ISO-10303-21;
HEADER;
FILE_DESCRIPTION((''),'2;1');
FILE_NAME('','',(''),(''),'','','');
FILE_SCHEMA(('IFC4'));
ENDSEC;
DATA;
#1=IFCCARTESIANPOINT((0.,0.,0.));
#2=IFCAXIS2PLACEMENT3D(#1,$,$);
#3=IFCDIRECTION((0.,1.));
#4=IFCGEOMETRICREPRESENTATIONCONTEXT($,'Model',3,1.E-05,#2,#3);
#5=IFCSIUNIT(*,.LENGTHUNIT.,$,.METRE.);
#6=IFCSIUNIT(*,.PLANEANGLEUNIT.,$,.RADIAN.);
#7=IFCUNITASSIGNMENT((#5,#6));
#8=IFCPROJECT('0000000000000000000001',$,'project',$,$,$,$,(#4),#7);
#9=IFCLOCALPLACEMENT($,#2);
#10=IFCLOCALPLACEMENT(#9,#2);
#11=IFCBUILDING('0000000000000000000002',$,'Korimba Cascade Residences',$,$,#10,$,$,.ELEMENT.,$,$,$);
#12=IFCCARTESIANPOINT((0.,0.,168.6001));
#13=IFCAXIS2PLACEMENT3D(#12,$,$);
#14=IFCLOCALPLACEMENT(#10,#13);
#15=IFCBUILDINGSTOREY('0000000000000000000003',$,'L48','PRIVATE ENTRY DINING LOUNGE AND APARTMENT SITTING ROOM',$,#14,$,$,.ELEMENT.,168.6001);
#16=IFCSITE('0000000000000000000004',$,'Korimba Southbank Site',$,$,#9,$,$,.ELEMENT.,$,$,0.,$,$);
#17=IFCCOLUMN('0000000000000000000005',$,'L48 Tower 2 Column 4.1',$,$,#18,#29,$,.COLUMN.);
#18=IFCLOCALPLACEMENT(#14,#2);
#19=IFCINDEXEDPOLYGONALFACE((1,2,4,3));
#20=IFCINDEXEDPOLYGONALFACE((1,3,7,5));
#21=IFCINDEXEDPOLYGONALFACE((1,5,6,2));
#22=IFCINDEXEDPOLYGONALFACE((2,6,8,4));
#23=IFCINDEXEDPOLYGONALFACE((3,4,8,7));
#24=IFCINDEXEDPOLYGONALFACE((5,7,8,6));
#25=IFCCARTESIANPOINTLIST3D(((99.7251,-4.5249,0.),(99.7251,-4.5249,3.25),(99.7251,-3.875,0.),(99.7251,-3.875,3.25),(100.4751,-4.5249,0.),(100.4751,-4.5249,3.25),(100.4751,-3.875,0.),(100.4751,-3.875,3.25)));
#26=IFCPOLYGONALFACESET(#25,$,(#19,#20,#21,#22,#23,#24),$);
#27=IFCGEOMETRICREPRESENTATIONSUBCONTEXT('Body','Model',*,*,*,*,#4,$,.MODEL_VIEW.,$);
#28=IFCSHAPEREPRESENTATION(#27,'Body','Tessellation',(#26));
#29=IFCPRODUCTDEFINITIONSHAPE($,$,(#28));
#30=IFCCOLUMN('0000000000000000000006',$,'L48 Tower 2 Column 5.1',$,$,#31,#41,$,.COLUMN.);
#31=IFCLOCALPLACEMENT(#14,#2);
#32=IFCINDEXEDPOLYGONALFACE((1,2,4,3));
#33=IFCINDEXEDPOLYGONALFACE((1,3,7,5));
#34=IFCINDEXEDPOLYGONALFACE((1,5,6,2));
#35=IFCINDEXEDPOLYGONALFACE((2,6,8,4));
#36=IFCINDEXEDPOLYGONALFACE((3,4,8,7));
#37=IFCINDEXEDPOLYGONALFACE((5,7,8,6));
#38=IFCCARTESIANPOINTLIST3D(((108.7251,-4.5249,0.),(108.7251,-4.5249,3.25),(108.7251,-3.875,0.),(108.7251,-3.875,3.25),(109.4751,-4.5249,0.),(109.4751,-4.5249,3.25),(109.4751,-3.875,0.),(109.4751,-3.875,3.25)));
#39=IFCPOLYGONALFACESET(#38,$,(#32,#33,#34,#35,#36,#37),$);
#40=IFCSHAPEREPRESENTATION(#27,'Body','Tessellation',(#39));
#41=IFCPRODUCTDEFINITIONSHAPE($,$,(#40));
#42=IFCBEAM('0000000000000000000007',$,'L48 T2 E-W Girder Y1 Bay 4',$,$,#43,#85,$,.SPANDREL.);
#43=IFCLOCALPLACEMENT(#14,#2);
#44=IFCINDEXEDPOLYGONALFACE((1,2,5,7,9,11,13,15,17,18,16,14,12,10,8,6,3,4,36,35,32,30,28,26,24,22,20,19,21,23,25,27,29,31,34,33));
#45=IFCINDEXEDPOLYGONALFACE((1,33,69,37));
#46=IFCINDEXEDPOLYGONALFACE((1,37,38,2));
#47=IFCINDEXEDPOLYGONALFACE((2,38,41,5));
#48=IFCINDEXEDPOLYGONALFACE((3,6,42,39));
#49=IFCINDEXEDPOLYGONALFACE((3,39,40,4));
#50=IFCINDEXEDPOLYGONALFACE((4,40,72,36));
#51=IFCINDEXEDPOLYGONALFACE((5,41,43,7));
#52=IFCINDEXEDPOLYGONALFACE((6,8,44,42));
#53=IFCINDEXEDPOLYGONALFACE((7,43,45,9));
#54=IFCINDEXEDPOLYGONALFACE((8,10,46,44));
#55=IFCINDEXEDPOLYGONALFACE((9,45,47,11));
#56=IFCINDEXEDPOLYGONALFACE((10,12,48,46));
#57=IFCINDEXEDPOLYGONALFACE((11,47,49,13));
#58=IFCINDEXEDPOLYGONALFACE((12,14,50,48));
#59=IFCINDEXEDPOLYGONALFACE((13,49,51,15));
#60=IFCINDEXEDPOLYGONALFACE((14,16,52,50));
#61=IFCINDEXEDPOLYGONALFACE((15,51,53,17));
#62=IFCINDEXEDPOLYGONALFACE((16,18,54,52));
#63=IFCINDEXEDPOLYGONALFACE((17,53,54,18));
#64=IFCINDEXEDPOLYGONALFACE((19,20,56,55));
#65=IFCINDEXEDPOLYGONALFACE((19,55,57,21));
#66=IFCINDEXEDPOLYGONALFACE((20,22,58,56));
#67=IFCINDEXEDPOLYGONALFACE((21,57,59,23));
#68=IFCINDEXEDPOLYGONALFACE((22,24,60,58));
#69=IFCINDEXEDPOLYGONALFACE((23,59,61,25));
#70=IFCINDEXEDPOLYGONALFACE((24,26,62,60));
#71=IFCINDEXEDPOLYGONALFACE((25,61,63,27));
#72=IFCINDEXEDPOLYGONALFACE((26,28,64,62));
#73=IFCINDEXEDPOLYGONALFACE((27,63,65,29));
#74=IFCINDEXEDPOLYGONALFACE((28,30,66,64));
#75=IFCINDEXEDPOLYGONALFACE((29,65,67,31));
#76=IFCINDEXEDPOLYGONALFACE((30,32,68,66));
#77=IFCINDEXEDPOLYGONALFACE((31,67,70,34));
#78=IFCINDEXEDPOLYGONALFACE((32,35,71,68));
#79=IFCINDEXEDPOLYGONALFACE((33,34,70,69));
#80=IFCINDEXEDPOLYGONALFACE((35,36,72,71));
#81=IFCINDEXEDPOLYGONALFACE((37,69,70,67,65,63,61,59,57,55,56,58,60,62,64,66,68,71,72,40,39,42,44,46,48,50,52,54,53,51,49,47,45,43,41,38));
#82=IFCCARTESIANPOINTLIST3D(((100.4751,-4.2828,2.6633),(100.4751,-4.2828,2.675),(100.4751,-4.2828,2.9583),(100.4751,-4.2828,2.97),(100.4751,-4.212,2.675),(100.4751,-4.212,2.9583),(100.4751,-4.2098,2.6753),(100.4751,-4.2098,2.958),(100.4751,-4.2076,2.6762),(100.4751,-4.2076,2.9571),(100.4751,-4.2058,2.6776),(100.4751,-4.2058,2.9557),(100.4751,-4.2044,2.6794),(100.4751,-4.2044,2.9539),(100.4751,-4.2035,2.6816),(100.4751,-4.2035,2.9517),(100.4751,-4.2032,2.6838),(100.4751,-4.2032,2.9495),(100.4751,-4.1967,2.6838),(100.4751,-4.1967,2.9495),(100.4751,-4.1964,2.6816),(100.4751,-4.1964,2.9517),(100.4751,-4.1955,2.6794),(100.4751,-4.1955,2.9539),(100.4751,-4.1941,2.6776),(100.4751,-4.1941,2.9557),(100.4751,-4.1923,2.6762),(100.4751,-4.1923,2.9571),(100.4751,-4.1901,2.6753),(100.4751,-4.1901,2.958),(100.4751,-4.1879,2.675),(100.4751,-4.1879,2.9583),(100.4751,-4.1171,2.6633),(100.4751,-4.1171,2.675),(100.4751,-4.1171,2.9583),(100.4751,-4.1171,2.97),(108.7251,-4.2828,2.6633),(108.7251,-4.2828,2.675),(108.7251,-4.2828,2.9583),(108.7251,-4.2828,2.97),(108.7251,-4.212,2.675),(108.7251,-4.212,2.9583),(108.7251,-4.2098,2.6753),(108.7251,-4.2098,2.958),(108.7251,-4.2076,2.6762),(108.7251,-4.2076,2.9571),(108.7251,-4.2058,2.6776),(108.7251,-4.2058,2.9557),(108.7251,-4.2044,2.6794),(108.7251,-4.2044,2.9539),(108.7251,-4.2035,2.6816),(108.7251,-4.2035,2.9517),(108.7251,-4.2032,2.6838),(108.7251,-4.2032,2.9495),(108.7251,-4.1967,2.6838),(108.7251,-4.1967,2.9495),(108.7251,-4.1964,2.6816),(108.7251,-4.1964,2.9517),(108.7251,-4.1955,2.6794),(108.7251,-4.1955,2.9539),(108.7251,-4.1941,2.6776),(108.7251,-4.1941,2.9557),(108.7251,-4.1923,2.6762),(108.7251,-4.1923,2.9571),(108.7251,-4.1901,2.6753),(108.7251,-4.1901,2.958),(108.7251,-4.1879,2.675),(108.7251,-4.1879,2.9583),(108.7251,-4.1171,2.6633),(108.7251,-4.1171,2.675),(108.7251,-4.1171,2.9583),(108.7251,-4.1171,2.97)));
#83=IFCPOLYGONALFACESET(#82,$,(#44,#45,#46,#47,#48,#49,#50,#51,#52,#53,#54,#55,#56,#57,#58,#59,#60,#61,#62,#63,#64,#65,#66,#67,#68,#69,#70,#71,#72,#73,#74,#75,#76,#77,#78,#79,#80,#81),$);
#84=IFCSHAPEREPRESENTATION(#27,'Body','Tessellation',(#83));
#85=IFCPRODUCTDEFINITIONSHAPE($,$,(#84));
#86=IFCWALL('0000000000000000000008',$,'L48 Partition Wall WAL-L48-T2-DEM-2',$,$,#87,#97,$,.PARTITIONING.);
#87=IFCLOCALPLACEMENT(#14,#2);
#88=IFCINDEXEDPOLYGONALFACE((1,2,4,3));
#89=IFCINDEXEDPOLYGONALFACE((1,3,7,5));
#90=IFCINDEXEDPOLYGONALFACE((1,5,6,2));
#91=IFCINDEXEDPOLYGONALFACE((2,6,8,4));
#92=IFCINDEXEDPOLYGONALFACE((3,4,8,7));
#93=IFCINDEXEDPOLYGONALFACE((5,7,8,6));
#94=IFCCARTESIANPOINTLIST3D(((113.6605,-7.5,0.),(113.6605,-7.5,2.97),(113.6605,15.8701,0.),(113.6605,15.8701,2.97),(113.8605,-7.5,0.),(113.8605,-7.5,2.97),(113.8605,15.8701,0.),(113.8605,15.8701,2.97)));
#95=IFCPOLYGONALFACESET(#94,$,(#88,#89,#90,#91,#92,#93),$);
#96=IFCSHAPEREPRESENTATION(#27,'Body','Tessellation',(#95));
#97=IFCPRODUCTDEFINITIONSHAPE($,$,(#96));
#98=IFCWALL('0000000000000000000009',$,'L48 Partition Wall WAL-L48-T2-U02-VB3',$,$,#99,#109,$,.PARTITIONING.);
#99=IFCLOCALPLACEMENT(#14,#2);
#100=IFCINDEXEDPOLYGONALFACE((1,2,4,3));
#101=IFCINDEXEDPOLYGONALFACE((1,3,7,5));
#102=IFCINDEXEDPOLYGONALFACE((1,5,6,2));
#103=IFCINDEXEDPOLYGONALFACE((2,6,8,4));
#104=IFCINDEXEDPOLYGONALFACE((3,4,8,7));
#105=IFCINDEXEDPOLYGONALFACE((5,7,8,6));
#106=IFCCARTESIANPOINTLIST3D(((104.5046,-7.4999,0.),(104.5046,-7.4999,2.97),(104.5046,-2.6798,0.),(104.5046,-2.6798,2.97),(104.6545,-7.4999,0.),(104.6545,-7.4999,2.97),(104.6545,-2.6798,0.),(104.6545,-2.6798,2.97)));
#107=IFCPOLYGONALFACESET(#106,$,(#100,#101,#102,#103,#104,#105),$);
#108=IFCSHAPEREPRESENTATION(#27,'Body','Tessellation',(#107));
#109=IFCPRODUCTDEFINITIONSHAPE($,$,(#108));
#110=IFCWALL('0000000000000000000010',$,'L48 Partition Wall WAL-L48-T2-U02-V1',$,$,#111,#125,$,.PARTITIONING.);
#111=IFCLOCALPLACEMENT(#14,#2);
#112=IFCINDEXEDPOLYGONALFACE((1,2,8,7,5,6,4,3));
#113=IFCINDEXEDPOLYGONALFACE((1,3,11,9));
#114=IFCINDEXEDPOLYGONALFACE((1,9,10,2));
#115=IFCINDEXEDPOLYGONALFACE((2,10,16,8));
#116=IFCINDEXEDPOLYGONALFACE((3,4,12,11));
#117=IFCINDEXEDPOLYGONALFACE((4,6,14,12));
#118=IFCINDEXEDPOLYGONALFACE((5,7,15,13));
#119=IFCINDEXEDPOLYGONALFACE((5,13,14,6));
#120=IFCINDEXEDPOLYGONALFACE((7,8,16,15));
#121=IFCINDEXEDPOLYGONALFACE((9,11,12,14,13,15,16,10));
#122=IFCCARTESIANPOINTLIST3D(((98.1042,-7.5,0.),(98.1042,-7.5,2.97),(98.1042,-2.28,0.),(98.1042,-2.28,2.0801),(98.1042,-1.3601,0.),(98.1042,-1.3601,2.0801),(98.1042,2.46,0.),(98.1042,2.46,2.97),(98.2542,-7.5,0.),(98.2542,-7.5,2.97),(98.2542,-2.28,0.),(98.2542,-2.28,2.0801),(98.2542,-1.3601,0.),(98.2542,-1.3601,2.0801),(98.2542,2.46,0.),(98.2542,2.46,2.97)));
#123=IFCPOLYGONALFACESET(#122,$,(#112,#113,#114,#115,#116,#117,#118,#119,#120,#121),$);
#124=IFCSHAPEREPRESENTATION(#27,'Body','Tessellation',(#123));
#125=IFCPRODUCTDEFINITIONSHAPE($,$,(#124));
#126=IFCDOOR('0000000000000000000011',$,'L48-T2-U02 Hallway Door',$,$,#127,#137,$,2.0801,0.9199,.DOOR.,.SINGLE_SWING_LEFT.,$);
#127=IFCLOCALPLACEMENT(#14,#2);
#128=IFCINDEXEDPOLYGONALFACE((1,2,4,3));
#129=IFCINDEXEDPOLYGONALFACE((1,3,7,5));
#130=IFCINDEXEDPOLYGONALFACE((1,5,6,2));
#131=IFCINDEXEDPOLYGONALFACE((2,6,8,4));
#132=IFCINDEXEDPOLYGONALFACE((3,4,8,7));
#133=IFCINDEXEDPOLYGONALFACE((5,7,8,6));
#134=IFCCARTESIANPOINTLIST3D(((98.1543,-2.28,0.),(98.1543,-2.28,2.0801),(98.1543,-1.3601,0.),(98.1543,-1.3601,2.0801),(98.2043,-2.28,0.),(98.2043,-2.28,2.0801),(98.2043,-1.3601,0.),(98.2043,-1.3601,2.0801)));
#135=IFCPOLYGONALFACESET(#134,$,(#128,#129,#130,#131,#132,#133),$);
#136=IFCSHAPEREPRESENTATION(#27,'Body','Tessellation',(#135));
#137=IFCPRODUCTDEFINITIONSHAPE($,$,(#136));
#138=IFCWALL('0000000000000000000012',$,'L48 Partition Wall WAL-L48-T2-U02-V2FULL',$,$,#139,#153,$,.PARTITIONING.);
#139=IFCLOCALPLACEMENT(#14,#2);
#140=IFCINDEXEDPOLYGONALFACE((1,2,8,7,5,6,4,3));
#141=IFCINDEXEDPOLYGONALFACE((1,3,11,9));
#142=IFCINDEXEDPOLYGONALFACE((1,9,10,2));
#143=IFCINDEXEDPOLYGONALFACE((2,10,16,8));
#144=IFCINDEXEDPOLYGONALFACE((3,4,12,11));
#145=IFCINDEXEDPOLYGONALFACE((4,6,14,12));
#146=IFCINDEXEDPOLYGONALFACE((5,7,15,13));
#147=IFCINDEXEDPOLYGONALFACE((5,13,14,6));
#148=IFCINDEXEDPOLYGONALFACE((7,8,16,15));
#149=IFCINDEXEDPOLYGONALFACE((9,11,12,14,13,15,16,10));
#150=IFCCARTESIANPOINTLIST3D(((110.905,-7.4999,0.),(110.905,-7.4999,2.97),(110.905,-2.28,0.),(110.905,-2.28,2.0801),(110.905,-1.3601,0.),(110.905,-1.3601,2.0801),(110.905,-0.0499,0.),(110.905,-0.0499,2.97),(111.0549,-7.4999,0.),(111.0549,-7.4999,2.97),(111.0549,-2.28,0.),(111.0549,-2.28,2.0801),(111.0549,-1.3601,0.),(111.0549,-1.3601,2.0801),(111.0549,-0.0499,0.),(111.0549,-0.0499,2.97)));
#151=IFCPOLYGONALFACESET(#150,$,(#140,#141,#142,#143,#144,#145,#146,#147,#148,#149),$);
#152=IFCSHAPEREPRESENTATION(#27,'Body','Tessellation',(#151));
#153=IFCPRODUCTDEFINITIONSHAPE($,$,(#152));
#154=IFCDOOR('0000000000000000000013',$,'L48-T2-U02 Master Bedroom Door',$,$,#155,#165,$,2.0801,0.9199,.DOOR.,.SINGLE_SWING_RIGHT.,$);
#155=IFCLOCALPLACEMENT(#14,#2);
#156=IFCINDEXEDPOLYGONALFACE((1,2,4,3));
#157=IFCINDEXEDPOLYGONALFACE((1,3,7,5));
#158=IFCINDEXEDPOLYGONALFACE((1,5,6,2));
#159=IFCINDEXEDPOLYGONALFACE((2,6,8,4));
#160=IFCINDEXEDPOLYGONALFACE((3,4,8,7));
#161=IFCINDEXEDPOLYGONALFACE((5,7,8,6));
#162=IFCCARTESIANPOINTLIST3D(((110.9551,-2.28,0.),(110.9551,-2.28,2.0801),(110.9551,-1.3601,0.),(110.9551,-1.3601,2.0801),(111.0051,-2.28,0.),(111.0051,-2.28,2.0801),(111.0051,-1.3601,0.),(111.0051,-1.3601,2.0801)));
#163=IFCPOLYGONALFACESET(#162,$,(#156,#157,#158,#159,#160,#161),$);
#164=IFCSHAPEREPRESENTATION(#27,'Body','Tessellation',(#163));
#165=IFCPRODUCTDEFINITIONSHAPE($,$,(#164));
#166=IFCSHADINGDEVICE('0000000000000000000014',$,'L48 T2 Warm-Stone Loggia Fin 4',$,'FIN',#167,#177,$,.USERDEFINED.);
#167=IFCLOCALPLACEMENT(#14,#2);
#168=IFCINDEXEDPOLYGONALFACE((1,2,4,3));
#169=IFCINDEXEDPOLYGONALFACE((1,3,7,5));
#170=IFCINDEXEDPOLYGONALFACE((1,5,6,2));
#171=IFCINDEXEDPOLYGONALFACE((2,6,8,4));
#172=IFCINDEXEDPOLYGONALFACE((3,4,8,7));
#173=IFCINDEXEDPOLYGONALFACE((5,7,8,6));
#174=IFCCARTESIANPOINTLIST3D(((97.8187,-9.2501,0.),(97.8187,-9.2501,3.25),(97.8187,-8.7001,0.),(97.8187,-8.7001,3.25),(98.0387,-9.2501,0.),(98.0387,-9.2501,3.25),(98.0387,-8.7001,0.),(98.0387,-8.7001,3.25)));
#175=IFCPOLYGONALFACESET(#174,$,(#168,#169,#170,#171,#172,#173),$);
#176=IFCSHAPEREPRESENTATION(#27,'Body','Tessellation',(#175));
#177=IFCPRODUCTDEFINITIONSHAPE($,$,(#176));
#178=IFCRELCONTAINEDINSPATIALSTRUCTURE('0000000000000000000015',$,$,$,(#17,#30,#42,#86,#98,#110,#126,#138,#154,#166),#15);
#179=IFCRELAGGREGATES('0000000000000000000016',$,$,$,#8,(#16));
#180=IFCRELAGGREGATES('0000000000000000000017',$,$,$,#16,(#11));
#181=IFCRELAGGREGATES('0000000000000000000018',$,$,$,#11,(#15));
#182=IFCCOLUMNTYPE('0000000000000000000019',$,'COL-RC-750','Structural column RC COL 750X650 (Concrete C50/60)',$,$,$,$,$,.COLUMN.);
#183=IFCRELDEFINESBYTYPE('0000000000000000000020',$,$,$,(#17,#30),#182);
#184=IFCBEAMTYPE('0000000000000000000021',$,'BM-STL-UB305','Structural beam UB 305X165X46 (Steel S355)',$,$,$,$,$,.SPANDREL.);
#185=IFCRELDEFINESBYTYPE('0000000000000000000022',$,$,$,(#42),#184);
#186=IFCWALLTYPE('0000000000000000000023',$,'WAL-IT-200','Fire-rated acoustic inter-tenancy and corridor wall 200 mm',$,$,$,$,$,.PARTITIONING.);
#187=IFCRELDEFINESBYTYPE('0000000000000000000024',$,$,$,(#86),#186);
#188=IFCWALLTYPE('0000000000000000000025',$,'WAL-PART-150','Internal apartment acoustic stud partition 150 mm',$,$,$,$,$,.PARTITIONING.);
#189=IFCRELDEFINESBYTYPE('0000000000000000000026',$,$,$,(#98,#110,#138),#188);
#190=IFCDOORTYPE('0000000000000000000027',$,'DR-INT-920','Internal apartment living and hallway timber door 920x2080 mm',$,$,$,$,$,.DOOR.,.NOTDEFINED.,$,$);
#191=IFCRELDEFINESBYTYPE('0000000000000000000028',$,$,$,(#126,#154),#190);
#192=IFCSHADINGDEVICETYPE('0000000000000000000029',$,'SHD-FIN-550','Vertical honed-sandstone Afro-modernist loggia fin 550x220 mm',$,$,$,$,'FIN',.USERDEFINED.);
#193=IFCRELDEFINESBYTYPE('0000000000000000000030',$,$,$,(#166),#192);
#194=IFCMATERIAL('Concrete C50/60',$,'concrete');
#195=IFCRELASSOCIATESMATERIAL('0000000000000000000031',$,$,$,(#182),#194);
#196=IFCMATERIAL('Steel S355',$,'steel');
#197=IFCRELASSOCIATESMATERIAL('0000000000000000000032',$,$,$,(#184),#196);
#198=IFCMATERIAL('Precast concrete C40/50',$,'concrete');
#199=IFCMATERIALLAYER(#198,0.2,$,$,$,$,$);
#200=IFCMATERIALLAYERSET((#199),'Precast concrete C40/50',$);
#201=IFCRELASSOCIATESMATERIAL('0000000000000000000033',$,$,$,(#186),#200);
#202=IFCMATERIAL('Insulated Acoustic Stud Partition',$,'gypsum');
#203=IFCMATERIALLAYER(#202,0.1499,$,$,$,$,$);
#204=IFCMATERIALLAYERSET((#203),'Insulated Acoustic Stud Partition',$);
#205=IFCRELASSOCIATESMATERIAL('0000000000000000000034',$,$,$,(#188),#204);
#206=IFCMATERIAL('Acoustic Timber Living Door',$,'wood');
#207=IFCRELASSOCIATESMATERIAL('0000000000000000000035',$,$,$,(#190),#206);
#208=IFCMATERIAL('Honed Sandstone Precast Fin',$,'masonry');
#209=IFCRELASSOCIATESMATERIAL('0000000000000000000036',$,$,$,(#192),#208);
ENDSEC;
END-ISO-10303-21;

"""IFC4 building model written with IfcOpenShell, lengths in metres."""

from ifc_helpers import new_model, si_unit, direction, frame, frame_2d, origin, origin_2d, place, context, subcontext, project, spatial, rectangle, i_section, extrude, material, layer, layer_set, material_profile, profile_set, type_object, element, fill, save


model = new_model("IFC4")

# Units and contexts
model_context = context("Model", 3, precision=1e-05, world=origin(), true_north=direction((0.0, 1.0)))
body_context = subcontext(model_context, "Body", "Model", "MODEL_VIEW")
ifc_project = project(units=[si_unit("LENGTHUNIT", "METRE"), si_unit("PLANEANGLEUNIT", "RADIAN")], contexts=[model_context])

# Site, building, storey
site_placement = place(None, origin())
site = spatial("IfcSite", under=ifc_project, at=site_placement, Name="Korimba Southbank Site", CompositionType="ELEMENT", RefElevation=0.0)
building_placement = place(site_placement, origin())
building = spatial("IfcBuilding", under=site, at=building_placement, Name="Korimba Cascade Residences", CompositionType="ELEMENT")
storey_placement = place(building_placement, frame((0.0, 0.0, 168.6001)))
storey = spatial("IfcBuildingStorey", under=building, at=storey_placement, Name="L48", Description="PRIVATE ENTRY DINING LOUNGE AND APARTMENT SITTING ROOM", CompositionType="ELEMENT", Elevation=168.6001)

# Columns
ifc_material_1 = material(Name="Concrete C50/60", Category="concrete")
ifc_material_profile_1 = material_profile(ifc_material_1, rectangle(XDim=0.75, YDim=0.6499, at=origin_2d()), Name="Concrete C50/60")
ifc_profile_set_1 = profile_set([ifc_material_profile_1], Name="Concrete C50/60")
column_type = type_object("IfcColumnType", Name="COL-RC-750", Description="Structural column RC COL 750X650 (Concrete C50/60)", PredefinedType="COLUMN", material=ifc_profile_set_1)
for number, where, z_axis, x_axis, name in (
    (1, (100.1001, -4.2, 0.0), (0.0, 0.0, 1.0), (1.0, 0.0, 0.0), "L48 Tower 2 Column 4.1"),
    (2, (109.1001, -4.2, 0.0), (0.0, 0.0, 1.0), (1.0, 0.0, 0.0), "L48 Tower 2 Column 5.1"),
):
    element("IfcColumn", number, at=place(storey_placement, frame(where, z_axis=z_axis, x_axis=x_axis)), inside=storey, type_object=column_type, Name=name, PredefinedType="COLUMN", context=body_context, shape_type="SweptSolid", body=[
        extrude(rectangle(XDim=0.75, YDim=0.6499, at=origin_2d()), origin(), (0.0, 0.0, 1.0), 3.25),
    ])

# Beam
ifc_material_2 = material(Name="Steel S355", Category="steel")
ifc_material_profile_2 = material_profile(ifc_material_2, i_section(OverallWidth=0.1658, OverallDepth=0.3066, WebThickness=0.0066, FlangeThickness=0.0117, FilletRadius=0.0088, at=origin_2d()), Name="Steel S355")
ifc_profile_set_2 = profile_set([ifc_material_profile_2], Name="Steel S355")
beam_type = type_object("IfcBeamType", Name="BM-STL-UB305", Description="Structural beam UB 305X165X46 (Steel S355)", PredefinedType="SPANDREL", material=ifc_profile_set_2)
beam_placement = place(storey_placement, frame((100.4751, -4.2, 2.8167), z_axis=(1.0, 0.0, 0.0), x_axis=(0.0, 1.0, 0.0)))
element("IfcBeam", 3, at=beam_placement, inside=storey, type_object=beam_type, Name="L48 T2 E-W Girder Y1 Bay 4", PredefinedType="SPANDREL", context=body_context, shape_type="SweptSolid", body=[
    extrude(i_section(OverallWidth=0.1658, OverallDepth=0.3066, WebThickness=0.0066, FlangeThickness=0.0117, FilletRadius=0.0088, at=origin_2d()), origin(), (0.0, 0.0, 1.0), 8.25),
])

# Walls
ifc_material_3 = material(Name="Precast concrete C40/50", Category="concrete")
ifc_layer_1 = layer(ifc_material_3, 0.2)
ifc_layer_set_1 = layer_set([ifc_layer_1], Name="Precast concrete C40/50")
wall_type_1 = type_object("IfcWallType", Name="WAL-IT-200", Description="Fire-rated acoustic inter-tenancy and corridor wall 200 mm", PredefinedType="PARTITIONING", material=ifc_layer_set_1)
wall_1_placement = place(storey_placement, frame((113.7605, -7.5, 0.0), z_axis=(0.0, 0.0, 1.0), x_axis=(0.0, 1.0, 0.0)))
element("IfcWall", 4, at=wall_1_placement, inside=storey, type_object=wall_type_1, Name="L48 Partition Wall WAL-L48-T2-DEM-2", PredefinedType="PARTITIONING", context=body_context, shape_type="SweptSolid", body=[
    extrude(rectangle(XDim=23.3701, YDim=0.2, at=frame_2d((11.6851, 0.0))), origin(), (0.0, 0.0, 1.0), 2.97),
])
ifc_material_4 = material(Name="Insulated Acoustic Stud Partition", Category="gypsum")
ifc_layer_2 = layer(ifc_material_4, 0.1499)
ifc_layer_set_2 = layer_set([ifc_layer_2], Name="Insulated Acoustic Stud Partition")
wall_type_2 = type_object("IfcWallType", Name="WAL-PART-150", Description="Internal apartment acoustic stud partition 150 mm", PredefinedType="PARTITIONING", material=ifc_layer_set_2)
wall_2_placement = place(storey_placement, frame((104.5796, -7.5, 0.0), z_axis=(0.0, 0.0, 1.0), x_axis=(0.0, 1.0, 0.0)))
element("IfcWall", 5, at=wall_2_placement, inside=storey, type_object=wall_type_2, Name="L48 Partition Wall WAL-L48-T2-U02-VB3", PredefinedType="PARTITIONING", context=body_context, shape_type="SweptSolid", body=[
    extrude(rectangle(XDim=4.8201, YDim=0.1499, at=frame_2d((2.4102, 0.0))), origin(), (0.0, 0.0, 1.0), 2.97),
])

# Walls, openings, doors
wall_3_placement = place(storey_placement, frame((98.1792, -7.5, 0.0), z_axis=(0.0, 0.0, 1.0), x_axis=(0.0, 1.0, 0.0)))
wall_3 = element("IfcWall", 6, at=wall_3_placement, inside=storey, type_object=wall_type_2, Name="L48 Partition Wall WAL-L48-T2-U02-V1", PredefinedType="PARTITIONING", context=body_context, shape_type="SweptSolid", body=[
    extrude(rectangle(XDim=9.96, YDim=0.1499, at=frame_2d((4.98, 0.0))), origin(), (0.0, 0.0, 1.0), 2.97),
])
opening_1_placement = place(wall_3_placement, frame((5.22, 0.0, 0.0)))
opening_1 = element("IfcOpeningElement", 7, at=opening_1_placement, cuts=wall_3, PredefinedType="OPENING", context=body_context, shape_type="SweptSolid", body=[
    extrude(rectangle(XDim=0.9199, YDim=2.0801, at=frame_2d((0.46, 1.04))), frame((0.0, 0.085, 0.0), z_axis=(0.0, -1.0, 0.0), x_axis=(1.0, 0.0, 0.0)), (0.0, 0.0, 1.0), 0.1699),
])
ifc_material_5 = material(Name="Acoustic Timber Living Door", Category="wood")
door_type = type_object("IfcDoorType", Name="DR-INT-920", Description="Internal apartment living and hallway timber door 920x2080 mm", OperationType="NOTDEFINED", PredefinedType="DOOR", material=ifc_material_5)
door_1_placement = place(opening_1_placement, origin())
door_1 = element("IfcDoor", 8, at=door_1_placement, inside=storey, type_object=door_type, Name="L48-T2-U02 Hallway Door", OperationType="SINGLE_SWING_LEFT", OverallHeight=2.0801, OverallWidth=0.9199, PredefinedType="DOOR", context=body_context, shape_type="SweptSolid", body=[
    extrude(rectangle(XDim=0.9199, YDim=2.0801, at=frame_2d((0.46, 1.04))), frame((0.0, 0.0249, 0.0), z_axis=(0.0, -1.0, 0.0), x_axis=(1.0, 0.0, 0.0)), (0.0, 0.0, 1.0), 0.05),
])
fill(opening_1, door_1)
wall_4_placement = place(storey_placement, frame((110.98, -7.5, 0.0), z_axis=(0.0, 0.0, 1.0), x_axis=(0.0, 1.0, 0.0)))
wall_4 = element("IfcWall", 9, at=wall_4_placement, inside=storey, type_object=wall_type_2, Name="L48 Partition Wall WAL-L48-T2-U02-V2FULL", PredefinedType="PARTITIONING", context=body_context, shape_type="SweptSolid", body=[
    extrude(rectangle(XDim=7.45, YDim=0.1499, at=frame_2d((3.7251, 0.0))), origin(), (0.0, 0.0, 1.0), 2.97),
])
opening_2_placement = place(wall_4_placement, frame((5.22, 0.0, 0.0)))
opening_2 = element("IfcOpeningElement", 10, at=opening_2_placement, cuts=wall_4, PredefinedType="OPENING", context=body_context, shape_type="SweptSolid", body=[
    extrude(rectangle(XDim=0.9199, YDim=2.0801, at=frame_2d((0.46, 1.04))), frame((0.0, 0.085, 0.0), z_axis=(0.0, -1.0, 0.0), x_axis=(1.0, 0.0, 0.0)), (0.0, 0.0, 1.0), 0.1699),
])
door_2_placement = place(opening_2_placement, origin())
door_2 = element("IfcDoor", 11, at=door_2_placement, inside=storey, type_object=door_type, Name="L48-T2-U02 Master Bedroom Door", OperationType="SINGLE_SWING_RIGHT", OverallHeight=2.0801, OverallWidth=0.9199, PredefinedType="DOOR", context=body_context, shape_type="SweptSolid", body=[
    extrude(rectangle(XDim=0.9199, YDim=2.0801, at=frame_2d((0.46, 1.04))), frame((0.0, 0.0249, 0.0), z_axis=(0.0, -1.0, 0.0), x_axis=(1.0, 0.0, 0.0)), (0.0, 0.0, 1.0), 0.05),
])
fill(opening_2, door_2)

# Shading device
ifc_material_6 = material(Name="Honed Sandstone Precast Fin", Category="masonry")
shading_device_type = type_object("IfcShadingDeviceType", Name="SHD-FIN-550", Description="Vertical honed-sandstone Afro-modernist loggia fin 550x220 mm", ElementType="FIN", PredefinedType="USERDEFINED", material=ifc_material_6)
for number, where, z_axis, x_axis, name in (
    (12, (97.9287, -8.9751, 0.0), (0.0, 0.0, 1.0), (1.0, 0.0, 0.0), "L48 T2 Warm-Stone Loggia Fin 4"),
):
    element("IfcShadingDevice", number, at=place(storey_placement, frame(where, z_axis=z_axis, x_axis=x_axis)), inside=storey, type_object=shading_device_type, Name=name, ObjectType="FIN", PredefinedType="USERDEFINED", context=body_context, shape_type="SweptSolid", body=[
        extrude(rectangle(XDim=0.22, YDim=0.55, at=origin_2d()), origin(), (0.0, 0.0, 1.0), 3.25),
    ])

save(model, "model.ifc")
